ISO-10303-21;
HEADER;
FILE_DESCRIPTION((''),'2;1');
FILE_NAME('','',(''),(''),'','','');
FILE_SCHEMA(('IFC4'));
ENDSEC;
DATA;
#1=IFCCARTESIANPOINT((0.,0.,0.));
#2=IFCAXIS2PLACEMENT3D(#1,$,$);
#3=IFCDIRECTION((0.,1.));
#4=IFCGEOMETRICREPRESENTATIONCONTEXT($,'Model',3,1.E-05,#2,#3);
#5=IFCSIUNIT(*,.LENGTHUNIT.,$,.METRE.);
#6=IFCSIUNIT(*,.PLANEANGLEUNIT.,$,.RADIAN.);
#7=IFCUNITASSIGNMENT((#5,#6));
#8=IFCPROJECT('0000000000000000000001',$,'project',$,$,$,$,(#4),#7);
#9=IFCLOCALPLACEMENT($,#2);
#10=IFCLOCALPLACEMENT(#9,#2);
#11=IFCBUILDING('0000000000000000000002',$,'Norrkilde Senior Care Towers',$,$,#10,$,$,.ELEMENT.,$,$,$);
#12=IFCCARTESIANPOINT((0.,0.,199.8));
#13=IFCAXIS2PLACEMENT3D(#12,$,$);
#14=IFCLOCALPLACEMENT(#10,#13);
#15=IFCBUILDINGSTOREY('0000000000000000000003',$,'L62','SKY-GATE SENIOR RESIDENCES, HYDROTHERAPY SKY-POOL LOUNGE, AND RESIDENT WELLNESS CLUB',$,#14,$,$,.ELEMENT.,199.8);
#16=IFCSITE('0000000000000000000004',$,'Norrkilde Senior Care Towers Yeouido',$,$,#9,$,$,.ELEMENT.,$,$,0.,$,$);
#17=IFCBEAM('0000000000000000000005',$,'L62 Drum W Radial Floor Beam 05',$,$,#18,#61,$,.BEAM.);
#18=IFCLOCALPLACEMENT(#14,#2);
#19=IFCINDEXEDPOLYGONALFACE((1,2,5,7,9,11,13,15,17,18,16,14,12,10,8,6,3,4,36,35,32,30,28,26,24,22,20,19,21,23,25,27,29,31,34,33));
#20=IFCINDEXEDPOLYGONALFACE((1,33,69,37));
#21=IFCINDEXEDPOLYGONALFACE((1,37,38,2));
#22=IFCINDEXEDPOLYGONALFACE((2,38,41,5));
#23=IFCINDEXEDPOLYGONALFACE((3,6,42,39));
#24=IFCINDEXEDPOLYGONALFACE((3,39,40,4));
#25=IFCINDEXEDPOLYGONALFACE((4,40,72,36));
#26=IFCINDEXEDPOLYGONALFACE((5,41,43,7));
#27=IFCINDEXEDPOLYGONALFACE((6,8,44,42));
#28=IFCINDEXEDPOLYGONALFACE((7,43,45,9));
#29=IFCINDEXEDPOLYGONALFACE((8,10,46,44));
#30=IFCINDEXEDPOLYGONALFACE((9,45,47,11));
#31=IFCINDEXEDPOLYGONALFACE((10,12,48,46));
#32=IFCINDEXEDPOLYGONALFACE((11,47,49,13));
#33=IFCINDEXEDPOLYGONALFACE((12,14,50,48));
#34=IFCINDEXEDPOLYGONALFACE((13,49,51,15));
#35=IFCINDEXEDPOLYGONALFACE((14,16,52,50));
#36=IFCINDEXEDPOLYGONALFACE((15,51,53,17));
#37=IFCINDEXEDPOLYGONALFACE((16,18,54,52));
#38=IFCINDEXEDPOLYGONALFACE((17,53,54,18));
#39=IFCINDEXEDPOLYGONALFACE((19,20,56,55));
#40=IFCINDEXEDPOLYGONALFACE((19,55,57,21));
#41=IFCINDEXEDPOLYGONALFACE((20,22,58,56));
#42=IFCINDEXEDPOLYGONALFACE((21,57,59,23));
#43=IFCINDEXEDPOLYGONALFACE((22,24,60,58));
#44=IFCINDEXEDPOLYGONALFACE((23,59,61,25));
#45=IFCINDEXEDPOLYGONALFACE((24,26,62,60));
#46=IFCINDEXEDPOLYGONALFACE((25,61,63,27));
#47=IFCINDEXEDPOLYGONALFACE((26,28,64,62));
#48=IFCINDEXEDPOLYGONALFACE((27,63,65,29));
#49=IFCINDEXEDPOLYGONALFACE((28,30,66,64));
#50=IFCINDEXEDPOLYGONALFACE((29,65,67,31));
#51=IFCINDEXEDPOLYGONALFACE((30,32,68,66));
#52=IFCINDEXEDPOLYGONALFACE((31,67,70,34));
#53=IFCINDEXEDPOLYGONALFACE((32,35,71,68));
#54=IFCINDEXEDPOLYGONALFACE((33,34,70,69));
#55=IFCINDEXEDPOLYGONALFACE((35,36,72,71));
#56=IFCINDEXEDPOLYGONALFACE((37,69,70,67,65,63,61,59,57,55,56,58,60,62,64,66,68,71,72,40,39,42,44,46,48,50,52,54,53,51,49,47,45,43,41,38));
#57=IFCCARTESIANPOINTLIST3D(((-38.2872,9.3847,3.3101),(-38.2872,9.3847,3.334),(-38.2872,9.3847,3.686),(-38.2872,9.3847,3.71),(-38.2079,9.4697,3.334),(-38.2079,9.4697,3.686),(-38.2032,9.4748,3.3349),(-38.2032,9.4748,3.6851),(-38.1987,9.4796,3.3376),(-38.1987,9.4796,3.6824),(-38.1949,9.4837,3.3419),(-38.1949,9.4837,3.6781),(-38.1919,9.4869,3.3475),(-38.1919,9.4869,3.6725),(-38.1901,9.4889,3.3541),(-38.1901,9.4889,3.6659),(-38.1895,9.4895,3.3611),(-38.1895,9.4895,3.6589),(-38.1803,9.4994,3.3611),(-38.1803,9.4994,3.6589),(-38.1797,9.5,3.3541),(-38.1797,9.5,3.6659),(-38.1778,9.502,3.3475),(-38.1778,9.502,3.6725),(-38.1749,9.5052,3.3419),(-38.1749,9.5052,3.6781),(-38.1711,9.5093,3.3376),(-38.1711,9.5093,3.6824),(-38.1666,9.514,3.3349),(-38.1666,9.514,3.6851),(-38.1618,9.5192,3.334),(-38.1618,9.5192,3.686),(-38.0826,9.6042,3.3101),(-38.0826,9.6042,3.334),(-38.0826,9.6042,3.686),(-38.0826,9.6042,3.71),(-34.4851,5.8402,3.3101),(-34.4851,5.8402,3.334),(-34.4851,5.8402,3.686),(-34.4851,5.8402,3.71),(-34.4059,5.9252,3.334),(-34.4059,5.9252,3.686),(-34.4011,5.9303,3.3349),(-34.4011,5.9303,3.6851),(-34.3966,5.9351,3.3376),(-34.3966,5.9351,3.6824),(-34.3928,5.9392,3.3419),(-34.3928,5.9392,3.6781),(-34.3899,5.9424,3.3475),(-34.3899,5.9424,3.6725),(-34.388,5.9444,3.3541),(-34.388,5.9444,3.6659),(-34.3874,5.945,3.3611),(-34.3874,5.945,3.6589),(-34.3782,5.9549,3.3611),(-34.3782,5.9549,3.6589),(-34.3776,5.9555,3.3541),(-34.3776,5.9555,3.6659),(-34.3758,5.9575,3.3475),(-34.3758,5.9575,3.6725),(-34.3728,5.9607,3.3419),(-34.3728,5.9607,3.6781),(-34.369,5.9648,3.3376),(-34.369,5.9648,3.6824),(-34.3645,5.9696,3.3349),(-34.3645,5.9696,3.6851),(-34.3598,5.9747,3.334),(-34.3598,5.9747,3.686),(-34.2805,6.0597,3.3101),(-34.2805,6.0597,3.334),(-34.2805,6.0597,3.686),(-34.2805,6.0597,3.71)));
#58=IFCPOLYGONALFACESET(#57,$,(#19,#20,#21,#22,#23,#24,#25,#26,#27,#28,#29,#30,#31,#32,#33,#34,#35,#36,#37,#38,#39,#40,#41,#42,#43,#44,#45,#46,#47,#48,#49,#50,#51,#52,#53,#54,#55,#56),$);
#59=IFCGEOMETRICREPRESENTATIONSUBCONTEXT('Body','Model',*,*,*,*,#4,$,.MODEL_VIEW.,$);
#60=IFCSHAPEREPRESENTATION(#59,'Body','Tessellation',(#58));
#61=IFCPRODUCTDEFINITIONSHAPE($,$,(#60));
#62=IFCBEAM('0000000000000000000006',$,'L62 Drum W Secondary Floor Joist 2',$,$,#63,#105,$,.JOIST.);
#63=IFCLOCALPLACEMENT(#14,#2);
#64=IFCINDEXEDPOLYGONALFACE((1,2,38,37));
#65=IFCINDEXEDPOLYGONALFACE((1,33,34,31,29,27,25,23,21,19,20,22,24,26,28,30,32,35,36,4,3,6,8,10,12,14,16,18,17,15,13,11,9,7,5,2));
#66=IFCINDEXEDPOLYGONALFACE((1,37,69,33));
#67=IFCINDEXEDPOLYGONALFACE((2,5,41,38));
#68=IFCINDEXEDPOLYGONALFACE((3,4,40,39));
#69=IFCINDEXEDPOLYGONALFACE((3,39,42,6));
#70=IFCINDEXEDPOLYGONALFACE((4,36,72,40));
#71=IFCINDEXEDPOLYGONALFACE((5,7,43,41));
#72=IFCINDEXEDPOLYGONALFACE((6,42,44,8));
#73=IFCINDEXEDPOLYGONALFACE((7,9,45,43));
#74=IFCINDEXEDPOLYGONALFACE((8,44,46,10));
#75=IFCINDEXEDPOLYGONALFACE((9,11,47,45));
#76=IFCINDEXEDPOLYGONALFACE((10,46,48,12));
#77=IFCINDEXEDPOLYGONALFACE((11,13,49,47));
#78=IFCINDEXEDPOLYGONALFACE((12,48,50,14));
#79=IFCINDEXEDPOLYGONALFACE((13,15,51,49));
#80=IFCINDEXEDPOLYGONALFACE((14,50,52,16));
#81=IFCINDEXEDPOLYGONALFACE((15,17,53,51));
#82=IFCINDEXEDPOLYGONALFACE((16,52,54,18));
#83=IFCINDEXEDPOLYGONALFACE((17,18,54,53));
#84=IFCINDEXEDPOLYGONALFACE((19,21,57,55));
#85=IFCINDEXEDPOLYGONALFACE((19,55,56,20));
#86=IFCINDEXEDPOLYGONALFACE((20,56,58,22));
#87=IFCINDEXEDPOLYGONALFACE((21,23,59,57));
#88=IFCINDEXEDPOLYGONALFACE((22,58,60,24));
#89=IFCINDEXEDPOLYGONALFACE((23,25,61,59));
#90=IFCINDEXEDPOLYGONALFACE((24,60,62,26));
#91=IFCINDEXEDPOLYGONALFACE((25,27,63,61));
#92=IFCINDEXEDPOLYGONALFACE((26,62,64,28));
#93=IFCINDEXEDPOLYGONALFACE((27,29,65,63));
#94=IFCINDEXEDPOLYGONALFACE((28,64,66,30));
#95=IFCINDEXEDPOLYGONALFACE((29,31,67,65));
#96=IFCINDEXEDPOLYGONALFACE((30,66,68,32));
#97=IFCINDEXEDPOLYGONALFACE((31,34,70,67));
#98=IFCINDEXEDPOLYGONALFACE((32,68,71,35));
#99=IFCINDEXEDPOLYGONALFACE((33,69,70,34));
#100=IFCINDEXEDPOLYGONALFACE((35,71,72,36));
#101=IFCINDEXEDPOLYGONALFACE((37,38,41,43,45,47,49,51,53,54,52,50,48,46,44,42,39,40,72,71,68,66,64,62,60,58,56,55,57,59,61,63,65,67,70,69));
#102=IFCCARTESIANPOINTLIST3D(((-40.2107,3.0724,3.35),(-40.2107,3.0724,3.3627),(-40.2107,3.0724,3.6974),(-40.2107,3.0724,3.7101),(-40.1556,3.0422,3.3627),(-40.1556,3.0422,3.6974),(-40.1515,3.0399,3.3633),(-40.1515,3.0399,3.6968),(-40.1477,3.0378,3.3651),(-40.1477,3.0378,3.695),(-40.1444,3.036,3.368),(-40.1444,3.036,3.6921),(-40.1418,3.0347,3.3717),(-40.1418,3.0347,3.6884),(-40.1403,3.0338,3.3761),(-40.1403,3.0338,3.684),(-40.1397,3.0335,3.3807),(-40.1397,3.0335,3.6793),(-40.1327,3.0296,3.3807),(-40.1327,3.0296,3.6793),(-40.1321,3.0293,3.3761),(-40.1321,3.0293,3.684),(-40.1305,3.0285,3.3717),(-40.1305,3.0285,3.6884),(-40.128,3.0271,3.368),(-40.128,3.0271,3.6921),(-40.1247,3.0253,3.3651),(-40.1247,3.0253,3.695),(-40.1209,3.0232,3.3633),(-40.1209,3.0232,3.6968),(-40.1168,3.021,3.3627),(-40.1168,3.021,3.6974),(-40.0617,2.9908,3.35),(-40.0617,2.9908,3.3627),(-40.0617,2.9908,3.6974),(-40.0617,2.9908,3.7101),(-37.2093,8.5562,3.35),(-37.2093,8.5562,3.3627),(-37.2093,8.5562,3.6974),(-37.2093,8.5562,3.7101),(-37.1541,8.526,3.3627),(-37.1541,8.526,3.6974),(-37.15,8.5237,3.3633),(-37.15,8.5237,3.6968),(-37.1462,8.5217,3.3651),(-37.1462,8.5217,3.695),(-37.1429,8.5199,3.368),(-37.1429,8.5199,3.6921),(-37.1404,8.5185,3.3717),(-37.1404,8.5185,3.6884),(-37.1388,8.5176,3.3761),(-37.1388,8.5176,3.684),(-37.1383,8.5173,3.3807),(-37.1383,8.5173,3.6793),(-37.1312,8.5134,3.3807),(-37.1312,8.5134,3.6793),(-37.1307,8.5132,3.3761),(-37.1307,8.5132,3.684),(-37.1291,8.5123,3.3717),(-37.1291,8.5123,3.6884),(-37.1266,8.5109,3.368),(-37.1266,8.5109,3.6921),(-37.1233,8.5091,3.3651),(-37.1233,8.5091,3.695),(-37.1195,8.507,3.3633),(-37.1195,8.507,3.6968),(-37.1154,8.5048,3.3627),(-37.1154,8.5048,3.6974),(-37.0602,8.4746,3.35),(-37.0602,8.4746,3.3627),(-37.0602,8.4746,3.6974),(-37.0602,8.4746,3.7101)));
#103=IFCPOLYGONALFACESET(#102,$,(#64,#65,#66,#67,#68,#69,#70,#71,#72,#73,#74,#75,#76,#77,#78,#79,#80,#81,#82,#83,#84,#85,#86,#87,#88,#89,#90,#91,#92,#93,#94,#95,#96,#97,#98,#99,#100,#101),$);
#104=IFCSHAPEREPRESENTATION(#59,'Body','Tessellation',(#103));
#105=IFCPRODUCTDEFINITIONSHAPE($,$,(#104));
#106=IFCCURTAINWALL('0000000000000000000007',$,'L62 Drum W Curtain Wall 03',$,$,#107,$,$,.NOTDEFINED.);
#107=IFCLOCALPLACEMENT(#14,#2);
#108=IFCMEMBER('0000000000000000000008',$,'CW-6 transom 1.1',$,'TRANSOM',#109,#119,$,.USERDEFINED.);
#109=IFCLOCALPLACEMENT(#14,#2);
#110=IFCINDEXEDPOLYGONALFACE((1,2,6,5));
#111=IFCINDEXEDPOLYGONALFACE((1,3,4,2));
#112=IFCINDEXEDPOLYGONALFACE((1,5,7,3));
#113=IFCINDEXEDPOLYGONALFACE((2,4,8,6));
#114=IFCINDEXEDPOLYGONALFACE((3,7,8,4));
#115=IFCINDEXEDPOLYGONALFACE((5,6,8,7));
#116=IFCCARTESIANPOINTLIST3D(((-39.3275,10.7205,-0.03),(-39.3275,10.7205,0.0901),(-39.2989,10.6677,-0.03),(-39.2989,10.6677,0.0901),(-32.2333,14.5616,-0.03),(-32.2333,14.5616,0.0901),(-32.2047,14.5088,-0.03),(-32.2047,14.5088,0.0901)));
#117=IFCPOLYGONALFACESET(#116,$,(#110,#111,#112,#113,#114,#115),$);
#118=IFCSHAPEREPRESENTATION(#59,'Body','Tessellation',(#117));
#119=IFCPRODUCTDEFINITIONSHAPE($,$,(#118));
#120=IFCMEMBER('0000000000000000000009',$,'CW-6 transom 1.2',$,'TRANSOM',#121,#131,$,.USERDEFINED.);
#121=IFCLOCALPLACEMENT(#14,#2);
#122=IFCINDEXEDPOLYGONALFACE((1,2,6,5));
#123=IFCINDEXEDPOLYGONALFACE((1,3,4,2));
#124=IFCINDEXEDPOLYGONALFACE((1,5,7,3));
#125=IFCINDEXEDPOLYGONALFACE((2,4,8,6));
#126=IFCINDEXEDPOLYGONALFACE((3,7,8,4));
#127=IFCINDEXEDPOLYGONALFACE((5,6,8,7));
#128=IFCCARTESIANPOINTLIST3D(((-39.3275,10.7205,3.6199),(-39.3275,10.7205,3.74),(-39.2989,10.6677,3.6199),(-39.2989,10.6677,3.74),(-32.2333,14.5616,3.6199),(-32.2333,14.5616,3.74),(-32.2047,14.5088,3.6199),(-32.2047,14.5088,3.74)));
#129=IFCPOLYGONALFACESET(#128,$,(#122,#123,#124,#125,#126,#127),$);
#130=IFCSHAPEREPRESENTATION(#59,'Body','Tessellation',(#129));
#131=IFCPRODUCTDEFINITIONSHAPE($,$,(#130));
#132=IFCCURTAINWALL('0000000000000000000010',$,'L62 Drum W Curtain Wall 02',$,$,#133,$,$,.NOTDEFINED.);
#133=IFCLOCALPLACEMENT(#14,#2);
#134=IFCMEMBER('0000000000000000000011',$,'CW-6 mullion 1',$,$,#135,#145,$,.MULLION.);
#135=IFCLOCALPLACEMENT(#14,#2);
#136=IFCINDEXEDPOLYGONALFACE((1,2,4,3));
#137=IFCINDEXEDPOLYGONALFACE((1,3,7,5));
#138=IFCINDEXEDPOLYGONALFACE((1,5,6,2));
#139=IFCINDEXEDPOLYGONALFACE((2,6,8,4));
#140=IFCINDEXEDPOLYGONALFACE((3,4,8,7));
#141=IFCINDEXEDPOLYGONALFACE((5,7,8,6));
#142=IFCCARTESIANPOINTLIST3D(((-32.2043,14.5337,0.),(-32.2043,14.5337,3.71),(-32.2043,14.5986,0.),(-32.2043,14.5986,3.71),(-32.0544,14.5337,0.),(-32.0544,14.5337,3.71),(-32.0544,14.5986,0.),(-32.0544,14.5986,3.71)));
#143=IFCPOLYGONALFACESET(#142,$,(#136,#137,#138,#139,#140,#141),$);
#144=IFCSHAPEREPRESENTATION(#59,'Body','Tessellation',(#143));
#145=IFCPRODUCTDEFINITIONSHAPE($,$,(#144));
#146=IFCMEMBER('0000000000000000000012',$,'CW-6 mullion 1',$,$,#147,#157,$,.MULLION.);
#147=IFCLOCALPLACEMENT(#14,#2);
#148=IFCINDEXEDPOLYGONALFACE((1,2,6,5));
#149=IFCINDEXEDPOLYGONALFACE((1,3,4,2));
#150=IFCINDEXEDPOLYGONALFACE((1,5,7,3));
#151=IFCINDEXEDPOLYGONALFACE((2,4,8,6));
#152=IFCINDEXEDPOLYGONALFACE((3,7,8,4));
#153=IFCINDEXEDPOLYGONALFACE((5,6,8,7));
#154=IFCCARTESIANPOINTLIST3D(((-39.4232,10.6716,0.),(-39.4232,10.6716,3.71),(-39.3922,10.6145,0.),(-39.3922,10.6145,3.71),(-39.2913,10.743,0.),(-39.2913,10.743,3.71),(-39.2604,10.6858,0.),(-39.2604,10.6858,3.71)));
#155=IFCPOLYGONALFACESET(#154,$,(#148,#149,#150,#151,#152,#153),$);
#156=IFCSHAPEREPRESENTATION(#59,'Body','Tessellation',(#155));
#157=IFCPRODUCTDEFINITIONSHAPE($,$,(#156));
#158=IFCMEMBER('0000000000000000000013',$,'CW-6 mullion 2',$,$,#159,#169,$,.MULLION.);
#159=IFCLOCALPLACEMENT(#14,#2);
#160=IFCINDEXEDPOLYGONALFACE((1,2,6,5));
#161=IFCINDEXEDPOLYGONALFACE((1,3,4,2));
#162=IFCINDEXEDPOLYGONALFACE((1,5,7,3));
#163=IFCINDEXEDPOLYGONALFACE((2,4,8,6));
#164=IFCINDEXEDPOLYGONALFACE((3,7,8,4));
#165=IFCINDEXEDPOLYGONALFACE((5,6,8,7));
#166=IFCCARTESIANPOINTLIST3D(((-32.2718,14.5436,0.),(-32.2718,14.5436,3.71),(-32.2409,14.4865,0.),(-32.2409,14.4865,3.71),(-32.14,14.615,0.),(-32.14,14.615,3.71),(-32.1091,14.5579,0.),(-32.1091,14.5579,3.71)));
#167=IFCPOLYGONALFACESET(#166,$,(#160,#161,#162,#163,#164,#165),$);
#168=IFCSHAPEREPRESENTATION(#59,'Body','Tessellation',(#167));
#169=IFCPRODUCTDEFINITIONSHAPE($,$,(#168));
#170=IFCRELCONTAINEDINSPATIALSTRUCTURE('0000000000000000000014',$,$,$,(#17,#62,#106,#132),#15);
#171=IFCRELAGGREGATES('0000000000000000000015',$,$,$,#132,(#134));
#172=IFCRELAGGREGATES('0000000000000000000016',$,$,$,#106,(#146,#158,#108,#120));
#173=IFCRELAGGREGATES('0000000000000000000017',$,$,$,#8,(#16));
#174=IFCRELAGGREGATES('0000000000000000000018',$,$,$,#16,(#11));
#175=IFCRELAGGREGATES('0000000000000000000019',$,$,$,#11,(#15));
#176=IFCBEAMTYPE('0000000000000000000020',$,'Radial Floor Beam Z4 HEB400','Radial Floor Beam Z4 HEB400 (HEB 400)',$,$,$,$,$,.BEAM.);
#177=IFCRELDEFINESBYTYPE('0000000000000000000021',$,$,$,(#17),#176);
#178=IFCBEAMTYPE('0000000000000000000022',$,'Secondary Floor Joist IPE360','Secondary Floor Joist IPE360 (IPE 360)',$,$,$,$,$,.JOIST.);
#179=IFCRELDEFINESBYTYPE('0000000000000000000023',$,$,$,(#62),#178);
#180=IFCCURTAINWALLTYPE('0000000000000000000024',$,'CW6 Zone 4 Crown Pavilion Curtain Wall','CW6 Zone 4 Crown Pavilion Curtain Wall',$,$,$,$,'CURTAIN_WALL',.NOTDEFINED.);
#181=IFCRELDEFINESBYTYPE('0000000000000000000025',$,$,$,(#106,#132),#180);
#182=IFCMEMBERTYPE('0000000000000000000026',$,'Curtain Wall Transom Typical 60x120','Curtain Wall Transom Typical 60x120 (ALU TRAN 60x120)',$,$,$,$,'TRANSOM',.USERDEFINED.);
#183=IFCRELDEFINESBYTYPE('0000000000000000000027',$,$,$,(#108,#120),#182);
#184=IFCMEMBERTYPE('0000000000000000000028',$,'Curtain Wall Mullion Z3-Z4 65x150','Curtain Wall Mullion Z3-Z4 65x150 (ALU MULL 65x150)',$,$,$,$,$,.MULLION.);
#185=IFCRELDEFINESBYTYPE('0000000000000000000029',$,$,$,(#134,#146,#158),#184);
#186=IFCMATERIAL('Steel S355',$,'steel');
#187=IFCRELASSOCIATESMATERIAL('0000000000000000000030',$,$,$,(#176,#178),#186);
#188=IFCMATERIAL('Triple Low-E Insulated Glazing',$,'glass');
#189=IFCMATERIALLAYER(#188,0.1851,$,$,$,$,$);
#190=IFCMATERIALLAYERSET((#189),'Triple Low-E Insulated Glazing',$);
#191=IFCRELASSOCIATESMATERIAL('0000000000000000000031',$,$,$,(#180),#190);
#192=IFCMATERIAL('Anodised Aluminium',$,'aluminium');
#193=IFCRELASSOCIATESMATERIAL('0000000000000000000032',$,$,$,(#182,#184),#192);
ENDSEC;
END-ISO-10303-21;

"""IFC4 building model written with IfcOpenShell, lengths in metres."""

from ifc_helpers import new_model, si_unit, direction, frame, origin, origin_2d, place, context, subcontext, project, spatial, rectangle, i_section, extrude, source, transform, mapped, material, layer, layer_set, material_profile, profile_set, type_object, type_shapes, element, aggregate, save


model = new_model("IFC4")

# Units and contexts
model_context = context("Model", 3, precision=1e-05, world=origin(), true_north=direction((0.0, 1.0)))
body_context = subcontext(model_context, "Body", "Model", "MODEL_VIEW")
ifc_project = project(units=[si_unit("LENGTHUNIT", "METRE"), si_unit("PLANEANGLEUNIT", "RADIAN")], contexts=[model_context])

# Site, building, storey
site_placement = place(None, origin())
site = spatial("IfcSite", under=ifc_project, at=site_placement, Name="Norrkilde Senior Care Towers Yeouido", CompositionType="ELEMENT", RefElevation=0.0)
building_placement = place(site_placement, origin())
building = spatial("IfcBuilding", under=site, at=building_placement, Name="Norrkilde Senior Care Towers", CompositionType="ELEMENT")
storey_placement = place(building_placement, frame((0.0, 0.0, 199.8)))
storey = spatial("IfcBuildingStorey", under=building, at=storey_placement, Name="L62", Description="SKY-GATE SENIOR RESIDENCES, HYDROTHERAPY SKY-POOL LOUNGE, AND RESIDENT WELLNESS CLUB", CompositionType="ELEMENT", Elevation=199.8)

# Beams
ifc_material_1 = material(Name="Steel S355", Category="steel")
ifc_material_profile_1 = material_profile(ifc_material_1, i_section(OverallWidth=0.3, OverallDepth=0.3999, WebThickness=0.0134, FlangeThickness=0.0239, FilletRadius=0.0271, at=origin_2d()), Name="HEB 400")
ifc_profile_set_1 = profile_set([ifc_material_profile_1], Name="Steel S355")
beam_type_1 = type_object("IfcBeamType", Name="Radial Floor Beam Z4 HEB400", Description="Radial Floor Beam Z4 HEB400 (HEB 400)", PredefinedType="BEAM", material=ifc_profile_set_1)
shared_shape_1 = source(origin(), body_context, "Body", "SweptSolid", [
    extrude(i_section(OverallWidth=0.3, OverallDepth=0.3999, WebThickness=0.0134, FlangeThickness=0.0239, FilletRadius=0.0271, at=origin_2d()), origin(), (0.0, 0.0, 1.0), 5.198),
])
type_shapes(beam_type_1, [shared_shape_1])
beam_1_placement = place(storey_placement, frame((-34.3828, 5.95, 3.51), z_axis=(-0.731449, 0.681896, 0.0), x_axis=(-0.681896, -0.731449, 0.0)))
element("IfcBeam", 1, at=beam_1_placement, inside=storey, type_object=beam_type_1, Name="L62 Drum W Radial Floor Beam 05", PredefinedType="BEAM", context=body_context, shape_type="MappedRepresentation", body=[
    mapped(shared_shape_1, transform((0.0, 0.0, 0.0), x_axis=(1.0, 0.0, 0.0), y_axis=(0.0, 1.0, 0.0), z_axis=(0.0, 0.0, 1.0), scale=1.0)),
])
ifc_material_profile_2 = material_profile(ifc_material_1, i_section(OverallWidth=0.1699, OverallDepth=0.3601, WebThickness=0.0081, FlangeThickness=0.0127, FilletRadius=0.0181, at=origin_2d()), Name="IPE 360")
ifc_profile_set_2 = profile_set([ifc_material_profile_2], Name="Steel S355")
beam_type_2 = type_object("IfcBeamType", Name="Secondary Floor Joist IPE360", Description="Secondary Floor Joist IPE360 (IPE 360)", PredefinedType="JOIST", material=ifc_profile_set_2)
shared_shape_2 = source(origin(), body_context, "Body", "SweptSolid", [
    extrude(i_section(OverallWidth=0.1699, OverallDepth=0.3601, WebThickness=0.0081, FlangeThickness=0.0127, FilletRadius=0.0181, at=origin_2d()), origin(), (0.0, 0.0, 1.0), 6.2515),
])
type_shapes(beam_type_2, [shared_shape_2])
beam_2_placement = place(storey_placement, frame((-37.1348, 8.5154, 3.53), z_axis=(-0.480116, -0.877205, 0.0), x_axis=(0.877205, -0.480116, 0.0)))
element("IfcBeam", 2, at=beam_2_placement, inside=storey, type_object=beam_type_2, Name="L62 Drum W Secondary Floor Joist 2", PredefinedType="JOIST", context=body_context, shape_type="MappedRepresentation", body=[
    mapped(shared_shape_2, transform((0.0, 0.0, 0.0), x_axis=(1.0, 0.0, 0.0), y_axis=(0.0, 1.0, 0.0), z_axis=(0.0, 0.0, 1.0), scale=1.0)),
])

# Curtain wall, members
ifc_material_2 = material(Name="Triple Low-E Insulated Glazing", Category="glass")
ifc_layer_1 = layer(ifc_material_2, 0.1851)
ifc_layer_set_1 = layer_set([ifc_layer_1], Name="Triple Low-E Insulated Glazing")
curtain_wall_type = type_object("IfcCurtainWallType", Name="CW6 Zone 4 Crown Pavilion Curtain Wall", Description="CW6 Zone 4 Crown Pavilion Curtain Wall", ElementType="CURTAIN_WALL", PredefinedType="NOTDEFINED", material=ifc_layer_set_1)
curtain_wall_1_placement = place(storey_placement, origin())
curtain_wall_1 = element("IfcCurtainWall", 3, at=curtain_wall_1_placement, inside=storey, type_object=curtain_wall_type, Name="L62 Drum W Curtain Wall 03", PredefinedType="NOTDEFINED")
ifc_material_3 = material(Name="Anodised Aluminium", Category="aluminium")
ifc_material_profile_3 = material_profile(ifc_material_3, rectangle(XDim=0.0601, YDim=0.1201, at=origin_2d()), Name="ALU TRAN 60x120")
ifc_profile_set_3 = profile_set([ifc_material_profile_3], Name="Anodised Aluminium")
member_type_1 = type_object("IfcMemberType", Name="Curtain Wall Transom Typical 60x120", Description="Curtain Wall Transom Typical 60x120 (ALU TRAN 60x120)", ElementType="TRANSOM", PredefinedType="USERDEFINED", material=ifc_profile_set_3)
shared_shape_3 = source(origin(), body_context, "Body", "SweptSolid", [
    extrude(rectangle(XDim=0.0601, YDim=0.1201, at=origin_2d()), origin(), (0.0, 0.0, 1.0), 8.0674),
])
type_shapes(member_type_1, [shared_shape_3])
member_1_placement = place(storey_placement, frame((-39.3132, 10.6941, 0.03), z_axis=(0.879378, 0.476125, 0.0), x_axis=(-0.476125, 0.879378, 0.0)))
member_1 = element("IfcMember", 4, at=member_1_placement, type_object=member_type_1, Name="CW-6 transom 1.1", ObjectType="TRANSOM", PredefinedType="USERDEFINED", context=body_context, shape_type="MappedRepresentation", body=[
    mapped(shared_shape_3, transform((0.0, 0.0, 0.0), x_axis=(1.0, 0.0, 0.0), y_axis=(0.0, 1.0, 0.0), z_axis=(0.0, 0.0, 1.0), scale=1.0)),
])
member_2_placement = place(storey_placement, frame((-39.3132, 10.6941, 3.6799), z_axis=(0.879378, 0.476125, 0.0), x_axis=(-0.476125, 0.879378, 0.0)))
member_2 = element("IfcMember", 5, at=member_2_placement, type_object=member_type_1, Name="CW-6 transom 1.2", ObjectType="TRANSOM", PredefinedType="USERDEFINED", context=body_context, shape_type="MappedRepresentation", body=[
    mapped(shared_shape_3, transform((0.0, 0.0, 0.0), x_axis=(1.0, 0.0, 0.0), y_axis=(0.0, 1.0, 0.0), z_axis=(0.0, 0.0, 1.0), scale=1.0)),
])

# Curtain wall, member
curtain_wall_2_placement = place(storey_placement, origin())
curtain_wall_2 = element("IfcCurtainWall", 6, at=curtain_wall_2_placement, inside=storey, type_object=curtain_wall_type, Name="L62 Drum W Curtain Wall 02", PredefinedType="NOTDEFINED")
ifc_material_profile_4 = material_profile(ifc_material_3, rectangle(XDim=0.0649, YDim=0.1499, at=origin_2d()), Name="ALU MULL 65x150")
ifc_profile_set_4 = profile_set([ifc_material_profile_4], Name="Anodised Aluminium")
member_type_2 = type_object("IfcMemberType", Name="Curtain Wall Mullion Z3-Z4 65x150", Description="Curtain Wall Mullion Z3-Z4 65x150 (ALU MULL 65x150)", PredefinedType="MULLION", material=ifc_profile_set_4)
shared_shape_4 = source(origin(), body_context, "Body", "SweptSolid", [
    extrude(rectangle(XDim=0.0649, YDim=0.1499, at=origin_2d()), origin(), (0.0, 0.0, 1.0), 3.71),
])
type_shapes(member_type_2, [shared_shape_4])
member_3_placement = place(storey_placement, frame((-32.1294, 14.5662, 0.0), z_axis=(0.0, 0.0, 1.0), x_axis=(0.0, 1.0, 0.0)))
member_3 = element("IfcMember", 7, at=member_3_placement, type_object=member_type_2, Name="CW-6 mullion 1", PredefinedType="MULLION", context=body_context, shape_type="MappedRepresentation", body=[
    mapped(shared_shape_4, transform((0.0, 0.0, 0.0), x_axis=(1.0, 0.0, 0.0), y_axis=(0.0, 1.0, 0.0), z_axis=(0.0, 0.0, 1.0), scale=1.0)),
])
aggregate(curtain_wall_2, [member_3])

# Members
member_4_placement = place(storey_placement, frame((-39.3418, 10.6787, 0.0), z_axis=(0.0, 0.0, 1.0), x_axis=(-0.476133, 0.879373, 0.0)))
member_4 = element("IfcMember", 8, at=member_4_placement, type_object=member_type_2, Name="CW-6 mullion 1", PredefinedType="MULLION", context=body_context, shape_type="MappedRepresentation", body=[
    mapped(shared_shape_4, transform((0.0, 0.0, 0.0), x_axis=(1.0, 0.0, 0.0), y_axis=(0.0, 1.0, 0.0), z_axis=(0.0, 0.0, 1.0), scale=1.0)),
])
member_5_placement = place(storey_placement, frame((-32.1904, 14.5508, 0.0), z_axis=(0.0, 0.0, 1.0), x_axis=(-0.476133, 0.879373, 0.0)))
member_5 = element("IfcMember", 9, at=member_5_placement, type_object=member_type_2, Name="CW-6 mullion 2", PredefinedType="MULLION", context=body_context, shape_type="MappedRepresentation", body=[
    mapped(shared_shape_4, transform((0.0, 0.0, 0.0), x_axis=(1.0, 0.0, 0.0), y_axis=(0.0, 1.0, 0.0), z_axis=(0.0, 0.0, 1.0), scale=1.0)),
])

aggregate(curtain_wall_1, [member_4, member_5, member_1, member_2])

save(model, "model.ifc")
